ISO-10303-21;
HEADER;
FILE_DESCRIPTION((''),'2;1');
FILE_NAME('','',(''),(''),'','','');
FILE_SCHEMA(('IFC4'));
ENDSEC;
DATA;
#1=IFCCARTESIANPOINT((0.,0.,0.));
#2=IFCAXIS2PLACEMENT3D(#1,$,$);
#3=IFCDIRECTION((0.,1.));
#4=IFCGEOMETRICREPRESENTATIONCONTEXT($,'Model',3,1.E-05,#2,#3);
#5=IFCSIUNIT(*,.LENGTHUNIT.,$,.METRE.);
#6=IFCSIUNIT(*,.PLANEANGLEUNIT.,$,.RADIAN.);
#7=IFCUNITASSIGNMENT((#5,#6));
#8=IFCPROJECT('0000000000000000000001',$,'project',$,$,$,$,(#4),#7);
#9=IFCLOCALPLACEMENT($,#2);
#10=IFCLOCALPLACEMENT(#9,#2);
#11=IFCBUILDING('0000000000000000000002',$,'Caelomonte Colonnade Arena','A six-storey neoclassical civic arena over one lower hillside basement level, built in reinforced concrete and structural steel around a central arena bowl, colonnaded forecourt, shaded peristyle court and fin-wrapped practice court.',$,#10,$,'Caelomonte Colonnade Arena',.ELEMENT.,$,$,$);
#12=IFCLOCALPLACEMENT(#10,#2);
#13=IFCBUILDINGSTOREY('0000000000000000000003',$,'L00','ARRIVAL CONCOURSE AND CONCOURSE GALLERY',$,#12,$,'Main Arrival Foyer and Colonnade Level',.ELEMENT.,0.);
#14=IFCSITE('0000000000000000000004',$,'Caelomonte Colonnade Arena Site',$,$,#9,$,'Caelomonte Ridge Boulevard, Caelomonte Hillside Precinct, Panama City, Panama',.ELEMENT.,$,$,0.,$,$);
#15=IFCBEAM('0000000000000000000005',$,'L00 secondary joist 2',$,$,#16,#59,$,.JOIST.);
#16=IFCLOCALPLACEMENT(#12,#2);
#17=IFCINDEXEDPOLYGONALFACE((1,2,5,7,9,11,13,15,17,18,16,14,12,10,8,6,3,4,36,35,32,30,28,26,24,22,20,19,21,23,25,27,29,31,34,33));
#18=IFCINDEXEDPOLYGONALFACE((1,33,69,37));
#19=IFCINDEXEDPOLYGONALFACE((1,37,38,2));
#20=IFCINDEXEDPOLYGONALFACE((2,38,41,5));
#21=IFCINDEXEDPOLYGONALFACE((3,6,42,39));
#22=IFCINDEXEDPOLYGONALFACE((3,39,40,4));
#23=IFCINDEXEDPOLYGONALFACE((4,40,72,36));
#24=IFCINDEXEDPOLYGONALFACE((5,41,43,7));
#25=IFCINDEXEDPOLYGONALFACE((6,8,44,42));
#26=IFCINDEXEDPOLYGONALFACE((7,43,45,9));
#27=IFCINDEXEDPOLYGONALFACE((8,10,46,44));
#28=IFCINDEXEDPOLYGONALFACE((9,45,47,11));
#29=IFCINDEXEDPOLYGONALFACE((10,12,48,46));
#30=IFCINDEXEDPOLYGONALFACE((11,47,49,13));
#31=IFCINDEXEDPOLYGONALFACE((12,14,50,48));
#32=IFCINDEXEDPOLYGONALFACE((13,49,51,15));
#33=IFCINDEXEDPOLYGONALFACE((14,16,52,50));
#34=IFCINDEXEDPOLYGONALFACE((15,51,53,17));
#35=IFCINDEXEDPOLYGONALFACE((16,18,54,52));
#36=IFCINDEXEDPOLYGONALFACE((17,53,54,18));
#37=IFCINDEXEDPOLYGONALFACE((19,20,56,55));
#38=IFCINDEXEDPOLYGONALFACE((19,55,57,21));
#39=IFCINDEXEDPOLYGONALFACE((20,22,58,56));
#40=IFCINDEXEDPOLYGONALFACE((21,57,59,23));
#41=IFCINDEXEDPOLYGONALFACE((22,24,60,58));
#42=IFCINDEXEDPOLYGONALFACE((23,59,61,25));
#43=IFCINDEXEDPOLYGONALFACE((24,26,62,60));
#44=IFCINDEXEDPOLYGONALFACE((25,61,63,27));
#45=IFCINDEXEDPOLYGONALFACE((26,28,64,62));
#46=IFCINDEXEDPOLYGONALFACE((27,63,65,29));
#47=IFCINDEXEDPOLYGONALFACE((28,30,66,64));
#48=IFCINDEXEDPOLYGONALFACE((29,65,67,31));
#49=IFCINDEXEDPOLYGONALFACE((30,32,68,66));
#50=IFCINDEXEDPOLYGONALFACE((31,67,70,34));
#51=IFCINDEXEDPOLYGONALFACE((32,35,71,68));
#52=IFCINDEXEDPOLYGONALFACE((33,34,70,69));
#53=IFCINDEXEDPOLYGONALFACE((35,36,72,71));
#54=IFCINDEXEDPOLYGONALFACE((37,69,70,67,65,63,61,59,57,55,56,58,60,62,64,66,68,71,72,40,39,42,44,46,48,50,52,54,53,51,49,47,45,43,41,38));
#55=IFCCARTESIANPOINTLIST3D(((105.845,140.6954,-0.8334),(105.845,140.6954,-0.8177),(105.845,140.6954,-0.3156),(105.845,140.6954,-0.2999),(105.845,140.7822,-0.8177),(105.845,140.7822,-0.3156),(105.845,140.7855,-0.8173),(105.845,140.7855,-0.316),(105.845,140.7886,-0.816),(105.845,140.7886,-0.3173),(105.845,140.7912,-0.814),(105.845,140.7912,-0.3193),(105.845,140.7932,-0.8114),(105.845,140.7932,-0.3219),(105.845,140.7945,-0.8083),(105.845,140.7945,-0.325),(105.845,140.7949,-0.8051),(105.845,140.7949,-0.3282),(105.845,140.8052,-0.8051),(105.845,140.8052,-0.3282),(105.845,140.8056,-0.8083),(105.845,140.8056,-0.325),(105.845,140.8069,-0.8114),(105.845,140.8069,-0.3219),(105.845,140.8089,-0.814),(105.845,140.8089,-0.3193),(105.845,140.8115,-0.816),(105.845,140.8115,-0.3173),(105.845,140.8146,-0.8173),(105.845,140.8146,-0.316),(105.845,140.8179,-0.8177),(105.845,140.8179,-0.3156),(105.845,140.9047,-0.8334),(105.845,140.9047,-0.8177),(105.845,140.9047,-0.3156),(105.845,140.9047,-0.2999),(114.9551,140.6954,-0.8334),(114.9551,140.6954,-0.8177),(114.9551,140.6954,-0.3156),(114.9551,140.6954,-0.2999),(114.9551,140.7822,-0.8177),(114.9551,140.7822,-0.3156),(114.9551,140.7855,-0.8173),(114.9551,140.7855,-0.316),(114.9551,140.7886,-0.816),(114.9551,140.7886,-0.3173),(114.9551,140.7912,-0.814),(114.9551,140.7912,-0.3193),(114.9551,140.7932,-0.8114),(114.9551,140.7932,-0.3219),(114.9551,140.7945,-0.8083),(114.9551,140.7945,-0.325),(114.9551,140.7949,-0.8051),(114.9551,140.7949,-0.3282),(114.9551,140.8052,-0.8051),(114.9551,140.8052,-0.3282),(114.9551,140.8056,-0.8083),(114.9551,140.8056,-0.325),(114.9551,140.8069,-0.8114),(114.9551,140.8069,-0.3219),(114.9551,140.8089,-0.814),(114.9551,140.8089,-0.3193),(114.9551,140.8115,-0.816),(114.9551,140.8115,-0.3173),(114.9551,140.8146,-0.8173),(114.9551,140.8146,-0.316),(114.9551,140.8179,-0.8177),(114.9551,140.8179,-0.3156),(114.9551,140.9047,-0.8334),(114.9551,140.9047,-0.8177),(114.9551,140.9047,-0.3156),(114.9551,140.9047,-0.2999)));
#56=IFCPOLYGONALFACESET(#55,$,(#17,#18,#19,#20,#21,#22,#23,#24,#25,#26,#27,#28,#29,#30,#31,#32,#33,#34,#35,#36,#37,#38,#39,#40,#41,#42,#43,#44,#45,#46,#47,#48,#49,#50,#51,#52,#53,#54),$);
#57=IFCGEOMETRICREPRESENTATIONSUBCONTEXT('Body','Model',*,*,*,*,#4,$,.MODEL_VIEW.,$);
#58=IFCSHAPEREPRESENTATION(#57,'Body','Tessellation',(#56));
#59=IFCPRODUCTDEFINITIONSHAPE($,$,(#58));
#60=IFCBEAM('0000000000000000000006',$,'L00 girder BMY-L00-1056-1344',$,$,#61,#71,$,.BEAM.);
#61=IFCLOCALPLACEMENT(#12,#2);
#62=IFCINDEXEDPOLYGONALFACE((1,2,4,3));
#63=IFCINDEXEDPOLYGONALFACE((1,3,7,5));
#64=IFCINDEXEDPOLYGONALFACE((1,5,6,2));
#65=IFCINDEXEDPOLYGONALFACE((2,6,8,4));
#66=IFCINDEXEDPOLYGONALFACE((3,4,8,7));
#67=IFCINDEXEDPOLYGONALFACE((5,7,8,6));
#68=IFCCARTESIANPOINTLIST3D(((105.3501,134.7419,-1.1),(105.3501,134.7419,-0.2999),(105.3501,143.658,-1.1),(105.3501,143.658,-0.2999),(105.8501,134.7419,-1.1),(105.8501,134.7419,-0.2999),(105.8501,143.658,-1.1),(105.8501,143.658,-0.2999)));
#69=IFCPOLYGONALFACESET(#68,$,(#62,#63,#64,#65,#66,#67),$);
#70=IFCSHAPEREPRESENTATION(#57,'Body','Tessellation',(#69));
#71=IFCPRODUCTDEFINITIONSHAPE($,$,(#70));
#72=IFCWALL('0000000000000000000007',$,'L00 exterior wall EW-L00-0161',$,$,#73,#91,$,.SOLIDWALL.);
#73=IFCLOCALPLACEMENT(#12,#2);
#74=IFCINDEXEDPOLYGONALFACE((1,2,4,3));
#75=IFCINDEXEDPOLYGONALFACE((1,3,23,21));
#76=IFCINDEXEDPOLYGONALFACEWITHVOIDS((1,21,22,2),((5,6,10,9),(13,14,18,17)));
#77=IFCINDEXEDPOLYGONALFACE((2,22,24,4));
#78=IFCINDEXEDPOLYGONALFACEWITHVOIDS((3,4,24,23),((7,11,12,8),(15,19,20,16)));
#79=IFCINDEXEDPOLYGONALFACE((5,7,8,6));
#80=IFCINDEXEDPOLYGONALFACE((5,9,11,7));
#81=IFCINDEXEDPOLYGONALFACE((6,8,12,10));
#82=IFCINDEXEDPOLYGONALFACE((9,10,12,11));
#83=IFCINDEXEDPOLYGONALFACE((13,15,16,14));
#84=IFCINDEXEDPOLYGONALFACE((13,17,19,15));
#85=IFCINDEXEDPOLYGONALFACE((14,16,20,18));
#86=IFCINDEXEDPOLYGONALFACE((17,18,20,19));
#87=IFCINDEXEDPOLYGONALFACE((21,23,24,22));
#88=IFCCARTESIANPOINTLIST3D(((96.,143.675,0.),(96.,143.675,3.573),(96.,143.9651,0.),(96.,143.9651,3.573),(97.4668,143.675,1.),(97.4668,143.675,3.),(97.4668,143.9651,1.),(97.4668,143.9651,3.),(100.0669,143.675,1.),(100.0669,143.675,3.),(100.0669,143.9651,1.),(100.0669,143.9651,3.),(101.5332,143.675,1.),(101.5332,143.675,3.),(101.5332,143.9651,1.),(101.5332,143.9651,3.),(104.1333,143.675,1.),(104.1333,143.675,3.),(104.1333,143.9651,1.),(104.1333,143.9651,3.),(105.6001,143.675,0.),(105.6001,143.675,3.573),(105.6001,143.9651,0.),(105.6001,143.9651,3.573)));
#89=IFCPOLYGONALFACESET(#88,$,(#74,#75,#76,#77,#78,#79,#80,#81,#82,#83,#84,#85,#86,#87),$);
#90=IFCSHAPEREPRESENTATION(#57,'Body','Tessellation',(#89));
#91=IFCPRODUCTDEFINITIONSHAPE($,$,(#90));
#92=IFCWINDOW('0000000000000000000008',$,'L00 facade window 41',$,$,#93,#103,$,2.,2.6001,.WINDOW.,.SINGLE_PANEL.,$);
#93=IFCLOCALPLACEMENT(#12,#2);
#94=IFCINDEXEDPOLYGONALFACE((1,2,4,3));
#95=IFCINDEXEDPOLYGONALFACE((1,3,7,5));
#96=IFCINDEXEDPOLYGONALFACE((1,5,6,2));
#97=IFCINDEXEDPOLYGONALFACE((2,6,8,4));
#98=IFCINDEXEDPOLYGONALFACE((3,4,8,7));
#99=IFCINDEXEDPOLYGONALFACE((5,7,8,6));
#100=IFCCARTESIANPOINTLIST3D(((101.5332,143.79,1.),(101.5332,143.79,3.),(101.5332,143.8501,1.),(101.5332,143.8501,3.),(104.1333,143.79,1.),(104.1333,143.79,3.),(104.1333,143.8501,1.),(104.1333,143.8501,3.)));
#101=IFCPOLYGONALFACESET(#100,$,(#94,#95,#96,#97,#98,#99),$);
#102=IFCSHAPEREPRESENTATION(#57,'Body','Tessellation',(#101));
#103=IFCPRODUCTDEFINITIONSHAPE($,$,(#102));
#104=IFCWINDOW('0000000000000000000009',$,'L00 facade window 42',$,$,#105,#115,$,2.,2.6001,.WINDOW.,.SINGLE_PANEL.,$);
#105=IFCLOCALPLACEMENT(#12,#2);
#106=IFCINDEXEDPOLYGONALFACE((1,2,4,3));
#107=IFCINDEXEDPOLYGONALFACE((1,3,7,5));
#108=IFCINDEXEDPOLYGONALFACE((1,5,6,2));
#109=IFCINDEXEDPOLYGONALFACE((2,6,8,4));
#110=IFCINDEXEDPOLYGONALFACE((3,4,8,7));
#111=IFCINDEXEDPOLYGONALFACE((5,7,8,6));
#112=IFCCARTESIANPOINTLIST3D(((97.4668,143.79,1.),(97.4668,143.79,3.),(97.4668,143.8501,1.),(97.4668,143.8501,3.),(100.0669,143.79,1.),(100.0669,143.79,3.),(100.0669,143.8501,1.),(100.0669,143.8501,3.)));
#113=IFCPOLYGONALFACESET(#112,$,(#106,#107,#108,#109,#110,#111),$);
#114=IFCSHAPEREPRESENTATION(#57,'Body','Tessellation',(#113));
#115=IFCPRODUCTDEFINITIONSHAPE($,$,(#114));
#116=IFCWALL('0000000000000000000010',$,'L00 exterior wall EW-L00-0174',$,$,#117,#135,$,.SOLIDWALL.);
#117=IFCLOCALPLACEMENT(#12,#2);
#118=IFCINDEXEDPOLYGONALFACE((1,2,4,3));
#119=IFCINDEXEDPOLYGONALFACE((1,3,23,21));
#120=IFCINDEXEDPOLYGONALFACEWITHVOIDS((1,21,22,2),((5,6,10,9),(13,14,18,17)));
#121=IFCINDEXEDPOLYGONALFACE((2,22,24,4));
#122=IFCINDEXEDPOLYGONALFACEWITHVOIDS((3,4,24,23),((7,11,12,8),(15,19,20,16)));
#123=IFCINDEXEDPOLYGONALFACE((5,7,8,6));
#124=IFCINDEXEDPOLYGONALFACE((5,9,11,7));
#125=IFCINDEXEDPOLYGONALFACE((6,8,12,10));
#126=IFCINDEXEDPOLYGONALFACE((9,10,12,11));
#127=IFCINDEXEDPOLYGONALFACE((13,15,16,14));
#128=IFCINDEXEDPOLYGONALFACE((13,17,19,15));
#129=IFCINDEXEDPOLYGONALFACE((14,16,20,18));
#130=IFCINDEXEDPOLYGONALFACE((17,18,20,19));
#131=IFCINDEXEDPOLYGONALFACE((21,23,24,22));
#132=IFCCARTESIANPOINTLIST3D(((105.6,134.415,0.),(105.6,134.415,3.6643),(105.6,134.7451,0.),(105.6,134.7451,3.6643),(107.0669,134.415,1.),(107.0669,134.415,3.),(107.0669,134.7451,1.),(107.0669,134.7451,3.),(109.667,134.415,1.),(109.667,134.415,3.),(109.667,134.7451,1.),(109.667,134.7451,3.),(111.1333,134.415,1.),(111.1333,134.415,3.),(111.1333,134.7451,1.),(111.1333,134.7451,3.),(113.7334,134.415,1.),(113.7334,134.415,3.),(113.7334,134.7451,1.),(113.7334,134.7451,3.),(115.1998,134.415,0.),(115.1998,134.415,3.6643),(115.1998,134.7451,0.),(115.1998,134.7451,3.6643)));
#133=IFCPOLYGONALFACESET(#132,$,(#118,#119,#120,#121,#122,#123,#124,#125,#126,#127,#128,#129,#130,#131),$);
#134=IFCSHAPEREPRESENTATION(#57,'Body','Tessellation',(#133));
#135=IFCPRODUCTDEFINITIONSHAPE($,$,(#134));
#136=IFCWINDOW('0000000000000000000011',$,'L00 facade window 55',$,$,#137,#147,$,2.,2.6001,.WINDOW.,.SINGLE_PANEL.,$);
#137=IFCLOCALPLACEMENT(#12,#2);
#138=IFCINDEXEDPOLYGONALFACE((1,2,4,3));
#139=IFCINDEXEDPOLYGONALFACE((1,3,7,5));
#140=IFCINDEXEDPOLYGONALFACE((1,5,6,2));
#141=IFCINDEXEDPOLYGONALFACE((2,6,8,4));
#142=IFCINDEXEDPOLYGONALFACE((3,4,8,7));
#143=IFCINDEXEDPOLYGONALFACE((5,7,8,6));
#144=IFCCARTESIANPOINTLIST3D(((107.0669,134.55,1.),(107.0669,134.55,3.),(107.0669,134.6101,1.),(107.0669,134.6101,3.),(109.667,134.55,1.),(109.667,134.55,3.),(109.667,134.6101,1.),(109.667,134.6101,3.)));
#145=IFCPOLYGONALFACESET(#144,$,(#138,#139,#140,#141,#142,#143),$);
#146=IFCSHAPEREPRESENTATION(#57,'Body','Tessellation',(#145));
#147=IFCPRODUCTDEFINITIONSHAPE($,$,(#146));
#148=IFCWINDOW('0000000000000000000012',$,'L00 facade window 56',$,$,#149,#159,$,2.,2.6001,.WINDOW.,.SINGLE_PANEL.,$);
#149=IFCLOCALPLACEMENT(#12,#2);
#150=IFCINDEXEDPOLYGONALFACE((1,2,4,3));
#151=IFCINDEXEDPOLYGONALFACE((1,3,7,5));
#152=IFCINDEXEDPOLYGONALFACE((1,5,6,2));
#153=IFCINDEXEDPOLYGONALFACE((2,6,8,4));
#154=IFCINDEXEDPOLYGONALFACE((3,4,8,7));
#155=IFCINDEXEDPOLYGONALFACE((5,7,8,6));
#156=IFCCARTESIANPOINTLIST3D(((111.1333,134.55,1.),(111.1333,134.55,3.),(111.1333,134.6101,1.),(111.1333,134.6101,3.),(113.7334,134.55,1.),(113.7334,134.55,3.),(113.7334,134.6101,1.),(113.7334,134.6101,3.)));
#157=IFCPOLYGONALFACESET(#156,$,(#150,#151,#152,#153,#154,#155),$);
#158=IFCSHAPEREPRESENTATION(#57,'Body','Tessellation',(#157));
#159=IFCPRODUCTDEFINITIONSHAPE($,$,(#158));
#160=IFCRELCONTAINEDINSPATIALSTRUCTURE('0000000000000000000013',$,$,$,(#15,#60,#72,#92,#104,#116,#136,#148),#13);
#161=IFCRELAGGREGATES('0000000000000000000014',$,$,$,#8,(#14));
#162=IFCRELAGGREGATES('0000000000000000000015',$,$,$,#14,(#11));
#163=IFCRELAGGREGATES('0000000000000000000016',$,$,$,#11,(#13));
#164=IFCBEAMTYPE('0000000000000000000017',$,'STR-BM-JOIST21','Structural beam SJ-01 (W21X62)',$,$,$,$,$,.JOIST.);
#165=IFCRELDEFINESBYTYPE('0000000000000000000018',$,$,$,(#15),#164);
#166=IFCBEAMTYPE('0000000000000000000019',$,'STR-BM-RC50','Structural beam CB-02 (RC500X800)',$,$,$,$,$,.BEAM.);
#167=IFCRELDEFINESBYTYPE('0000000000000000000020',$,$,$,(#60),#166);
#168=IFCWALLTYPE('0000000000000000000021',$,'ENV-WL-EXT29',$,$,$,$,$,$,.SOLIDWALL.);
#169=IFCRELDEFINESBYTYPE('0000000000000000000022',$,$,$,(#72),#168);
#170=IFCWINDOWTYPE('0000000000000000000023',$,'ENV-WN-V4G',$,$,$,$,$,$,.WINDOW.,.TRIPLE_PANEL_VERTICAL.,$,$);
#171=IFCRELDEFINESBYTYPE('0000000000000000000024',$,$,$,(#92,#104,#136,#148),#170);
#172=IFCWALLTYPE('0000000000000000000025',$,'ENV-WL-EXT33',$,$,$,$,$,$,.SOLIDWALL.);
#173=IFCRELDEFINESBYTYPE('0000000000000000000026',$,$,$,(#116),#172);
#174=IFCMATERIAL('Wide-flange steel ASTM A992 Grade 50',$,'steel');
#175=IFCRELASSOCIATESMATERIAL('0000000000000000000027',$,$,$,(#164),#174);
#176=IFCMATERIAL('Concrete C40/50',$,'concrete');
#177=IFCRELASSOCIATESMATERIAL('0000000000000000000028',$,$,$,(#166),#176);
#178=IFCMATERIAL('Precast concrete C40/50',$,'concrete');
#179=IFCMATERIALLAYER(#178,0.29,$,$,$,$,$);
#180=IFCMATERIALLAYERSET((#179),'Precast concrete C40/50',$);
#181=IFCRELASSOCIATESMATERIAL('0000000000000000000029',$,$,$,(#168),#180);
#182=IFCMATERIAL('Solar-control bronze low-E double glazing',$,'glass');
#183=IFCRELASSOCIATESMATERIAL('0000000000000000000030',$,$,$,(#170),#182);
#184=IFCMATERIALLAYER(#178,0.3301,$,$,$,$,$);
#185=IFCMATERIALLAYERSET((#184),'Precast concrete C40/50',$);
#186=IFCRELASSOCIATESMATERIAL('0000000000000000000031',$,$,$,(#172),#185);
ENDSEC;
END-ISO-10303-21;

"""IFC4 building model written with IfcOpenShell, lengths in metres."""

from ifc_helpers import new_model, si_unit, direction, frame, frame_2d, origin, origin_2d, place, context, subcontext, project, spatial, rectangle, i_section, extrude, material, layer, layer_set, material_profile, profile_set, type_object, element, fill, save


model = new_model("IFC4")

# Units and contexts
model_context = context("Model", 3, precision=1e-05, world=origin(), true_north=direction((0.0, 1.0)))
body_context = subcontext(model_context, "Body", "Model", "MODEL_VIEW")
ifc_project = project(units=[si_unit("LENGTHUNIT", "METRE"), si_unit("PLANEANGLEUNIT", "RADIAN")], contexts=[model_context])

# Site, building, storey
site_placement = place(None, origin())
site = spatial("IfcSite", under=ifc_project, at=site_placement, Name="Caelomonte Colonnade Arena Site", LongName="Caelomonte Ridge Boulevard, Caelomonte Hillside Precinct, Panama City, Panama", CompositionType="ELEMENT", RefElevation=0.0)
building_placement = place(site_placement, origin())
building = spatial("IfcBuilding", under=site, at=building_placement, Name="Caelomonte Colonnade Arena", Description="A six-storey neoclassical civic arena over one lower hillside basement level, built in reinforced concrete and structural steel around a central arena bowl, colonnaded forecourt, shaded peristyle court and fin-wrapped practice court.", LongName="Caelomonte Colonnade Arena", CompositionType="ELEMENT")
storey_placement = place(building_placement, origin())
storey = spatial("IfcBuildingStorey", under=building, at=storey_placement, Name="L00", Description="ARRIVAL CONCOURSE AND CONCOURSE GALLERY", LongName="Main Arrival Foyer and Colonnade Level", CompositionType="ELEMENT", Elevation=0.0)

# Shared definitions
ifc_material_1 = material(Name="Concrete C40/50", Category="concrete")

# Beams
ifc_material_2 = material(Name="Wide-flange steel ASTM A992 Grade 50", Category="steel")
ifc_material_profile_1 = material_profile(ifc_material_2, i_section(OverallWidth=0.2092, OverallDepth=0.5334, WebThickness=0.0103, FlangeThickness=0.0156, FilletRadius=0.0127, at=origin_2d()), Name="W21X62")
ifc_profile_set_1 = profile_set([ifc_material_profile_1], Name="Wide-flange steel ASTM A992 Grade 50")
beam_type_1 = type_object("IfcBeamType", Name="STR-BM-JOIST21", Description="Structural beam SJ-01 (W21X62)", PredefinedType="JOIST", material=ifc_profile_set_1)
for number, where, z_axis, x_axis, name in (
    (1, (105.845, 140.8, -0.5667), (1.0, 0.0, 0.0), (0.0, 1.0, 0.0), "L00 secondary joist 2"),
):
    element("IfcBeam", number, at=place(storey_placement, frame(where, z_axis=z_axis, x_axis=x_axis)), inside=storey, type_object=beam_type_1, Name=name, PredefinedType="JOIST", context=body_context, shape_type="SweptSolid", body=[
        extrude(i_section(OverallWidth=0.2092, OverallDepth=0.5334, WebThickness=0.0103, FlangeThickness=0.0156, FilletRadius=0.0127, at=origin_2d()), origin(), (0.0, 0.0, 1.0), 9.1101),
    ])
ifc_material_profile_2 = material_profile(ifc_material_1, rectangle(XDim=0.5, YDim=0.8, at=origin_2d()), Name="RC500X800")
ifc_profile_set_2 = profile_set([ifc_material_profile_2], Name="Concrete C40/50")
beam_type_2 = type_object("IfcBeamType", Name="STR-BM-RC50", Description="Structural beam CB-02 (RC500X800)", PredefinedType="BEAM", material=ifc_profile_set_2)
beam_placement = place(storey_placement, frame((105.6001, 134.7419, -0.7), z_axis=(0.0, 1.0, 0.0), x_axis=(-1.0, 0.0, 0.0)))
element("IfcBeam", 2, at=beam_placement, inside=storey, type_object=beam_type_2, Name="L00 girder BMY-L00-1056-1344", PredefinedType="BEAM", context=body_context, shape_type="SweptSolid", body=[
    extrude(rectangle(XDim=0.5, YDim=0.8, at=origin_2d()), origin(), (0.0, 0.0, 1.0), 8.916),
])

# Walls, openings, windows
ifc_material_3 = material(Name="Precast concrete C40/50", Category="concrete")
ifc_layer_1 = layer(ifc_material_3, 0.29)
ifc_layer_set_1 = layer_set([ifc_layer_1], Name="Precast concrete C40/50")
wall_type_1 = type_object("IfcWallType", Name="ENV-WL-EXT29", PredefinedType="SOLIDWALL", material=ifc_layer_set_1)
wall_1_placement = place(storey_placement, frame((105.6001, 143.8201, 0.0), z_axis=(0.0, 0.0, 1.0), x_axis=(-1.0, 0.0, 0.0)))
wall_1 = element("IfcWall", 3, at=wall_1_placement, inside=storey, type_object=wall_type_1, Name="L00 exterior wall EW-L00-0161", PredefinedType="SOLIDWALL", context=body_context, shape_type="SweptSolid", body=[
    extrude(rectangle(XDim=9.6001, YDim=0.29, at=frame_2d((4.8, 0.0))), origin(), (0.0, 0.0, 1.0), 3.573),
])
opening_1_placement = place(wall_1_placement, frame((4.0669, 0.0, 1.0), z_axis=(0.0, 0.0, 1.0), x_axis=(-1.0, 0.0, 0.0)))
opening_1 = element("IfcOpeningElement", 4, at=opening_1_placement, cuts=wall_1, PredefinedType="OPENING", context=body_context, shape_type="SweptSolid", body=[
    extrude(rectangle(XDim=2.6001, YDim=2.0, at=frame_2d((1.3, 1.0))), frame((0.0, 0.155, 0.0), z_axis=(0.0, -1.0, 0.0), x_axis=(1.0, 0.0, 0.0)), (0.0, 0.0, 1.0), 0.3101),
])
opening_2_placement = place(wall_1_placement, frame((8.1333, 0.0, 1.0), z_axis=(0.0, 0.0, 1.0), x_axis=(-1.0, 0.0, 0.0)))
opening_2 = element("IfcOpeningElement", 5, at=opening_2_placement, cuts=wall_1, PredefinedType="OPENING", context=body_context, shape_type="SweptSolid", body=[
    extrude(rectangle(XDim=2.6001, YDim=2.0, at=frame_2d((1.3, 1.0))), frame((0.0, 0.155, 0.0), z_axis=(0.0, -1.0, 0.0), x_axis=(1.0, 0.0, 0.0)), (0.0, 0.0, 1.0), 0.3101),
])
ifc_material_4 = material(Name="Solar-control bronze low-E double glazing", Category="glass")
window_type = type_object("IfcWindowType", Name="ENV-WN-V4G", PartitioningType="TRIPLE_PANEL_VERTICAL", PredefinedType="WINDOW", material=ifc_material_4)
window_1_placement = place(opening_1_placement, origin())
window_1 = element("IfcWindow", 6, at=window_1_placement, inside=storey, type_object=window_type, Name="L00 facade window 41", OverallHeight=2.0, OverallWidth=2.6001, PartitioningType="SINGLE_PANEL", PredefinedType="WINDOW", context=body_context, shape_type="SweptSolid", body=[
    extrude(rectangle(XDim=2.6001, YDim=2.0, at=frame_2d((1.3, 1.0))), frame((0.0, 0.03, 0.0), z_axis=(0.0, -1.0, 0.0), x_axis=(1.0, 0.0, 0.0)), (0.0, 0.0, 1.0), 0.0601),
])
fill(opening_1, window_1)
window_2_placement = place(opening_2_placement, origin())
window_2 = element("IfcWindow", 7, at=window_2_placement, inside=storey, type_object=window_type, Name="L00 facade window 42", OverallHeight=2.0, OverallWidth=2.6001, PartitioningType="SINGLE_PANEL", PredefinedType="WINDOW", context=body_context, shape_type="SweptSolid", body=[
    extrude(rectangle(XDim=2.6001, YDim=2.0, at=frame_2d((1.3, 1.0))), frame((0.0, 0.03, 0.0), z_axis=(0.0, -1.0, 0.0), x_axis=(1.0, 0.0, 0.0)), (0.0, 0.0, 1.0), 0.0601),
])
fill(opening_2, window_2)
ifc_layer_2 = layer(ifc_material_3, 0.3301)
ifc_layer_set_2 = layer_set([ifc_layer_2], Name="Precast concrete C40/50")
wall_type_2 = type_object("IfcWallType", Name="ENV-WL-EXT33", PredefinedType="SOLIDWALL", material=ifc_layer_set_2)
wall_2_placement = place(storey_placement, frame((105.6001, 134.5801, 0.0), z_axis=(0.0, 0.0, 1.0), x_axis=(1.0, 0.0, 0.0)))
wall_2 = element("IfcWall", 8, at=wall_2_placement, inside=storey, type_object=wall_type_2, Name="L00 exterior wall EW-L00-0174", PredefinedType="SOLIDWALL", context=body_context, shape_type="SweptSolid", body=[
    extrude(rectangle(XDim=9.5999, YDim=0.3301, at=frame_2d((4.7998, 0.0))), origin(), (0.0, 0.0, 1.0), 3.6643),
])
opening_3_placement = place(wall_2_placement, frame((4.0669, 0.0, 1.0), z_axis=(0.0, 0.0, 1.0), x_axis=(-1.0, 0.0, 0.0)))
opening_3 = element("IfcOpeningElement", 9, at=opening_3_placement, cuts=wall_2, PredefinedType="OPENING", context=body_context, shape_type="SweptSolid", body=[
    extrude(rectangle(XDim=2.6001, YDim=2.0, at=frame_2d((1.3, 1.0))), frame((0.0, 0.175, 0.0), z_axis=(0.0, -1.0, 0.0), x_axis=(1.0, 0.0, 0.0)), (0.0, 0.0, 1.0), 0.3501),
])
opening_4_placement = place(wall_2_placement, frame((8.1333, 0.0, 1.0), z_axis=(0.0, 0.0, 1.0), x_axis=(-1.0, 0.0, 0.0)))
opening_4 = element("IfcOpeningElement", 10, at=opening_4_placement, cuts=wall_2, PredefinedType="OPENING", context=body_context, shape_type="SweptSolid", body=[
    extrude(rectangle(XDim=2.6001, YDim=2.0, at=frame_2d((1.3, 1.0))), frame((0.0, 0.175, 0.0), z_axis=(0.0, -1.0, 0.0), x_axis=(1.0, 0.0, 0.0)), (0.0, 0.0, 1.0), 0.3501),
])
window_3_placement = place(opening_3_placement, origin())
window_3 = element("IfcWindow", 11, at=window_3_placement, inside=storey, type_object=window_type, Name="L00 facade window 55", OverallHeight=2.0, OverallWidth=2.6001, PartitioningType="SINGLE_PANEL", PredefinedType="WINDOW", context=body_context, shape_type="SweptSolid", body=[
    extrude(rectangle(XDim=2.6001, YDim=2.0, at=frame_2d((1.3, 1.0))), frame((0.0, 0.03, 0.0), z_axis=(0.0, -1.0, 0.0), x_axis=(1.0, 0.0, 0.0)), (0.0, 0.0, 1.0), 0.0601),
])
fill(opening_3, window_3)
window_4_placement = place(opening_4_placement, origin())
window_4 = element("IfcWindow", 12, at=window_4_placement, inside=storey, type_object=window_type, Name="L00 facade window 56", OverallHeight=2.0, OverallWidth=2.6001, PartitioningType="SINGLE_PANEL", PredefinedType="WINDOW", context=body_context, shape_type="SweptSolid", body=[
    extrude(rectangle(XDim=2.6001, YDim=2.0, at=frame_2d((1.3, 1.0))), frame((0.0, 0.03, 0.0), z_axis=(0.0, -1.0, 0.0), x_axis=(1.0, 0.0, 0.0)), (0.0, 0.0, 1.0), 0.0601),
])
fill(opening_4, window_4)

save(model, "model.ifc")
